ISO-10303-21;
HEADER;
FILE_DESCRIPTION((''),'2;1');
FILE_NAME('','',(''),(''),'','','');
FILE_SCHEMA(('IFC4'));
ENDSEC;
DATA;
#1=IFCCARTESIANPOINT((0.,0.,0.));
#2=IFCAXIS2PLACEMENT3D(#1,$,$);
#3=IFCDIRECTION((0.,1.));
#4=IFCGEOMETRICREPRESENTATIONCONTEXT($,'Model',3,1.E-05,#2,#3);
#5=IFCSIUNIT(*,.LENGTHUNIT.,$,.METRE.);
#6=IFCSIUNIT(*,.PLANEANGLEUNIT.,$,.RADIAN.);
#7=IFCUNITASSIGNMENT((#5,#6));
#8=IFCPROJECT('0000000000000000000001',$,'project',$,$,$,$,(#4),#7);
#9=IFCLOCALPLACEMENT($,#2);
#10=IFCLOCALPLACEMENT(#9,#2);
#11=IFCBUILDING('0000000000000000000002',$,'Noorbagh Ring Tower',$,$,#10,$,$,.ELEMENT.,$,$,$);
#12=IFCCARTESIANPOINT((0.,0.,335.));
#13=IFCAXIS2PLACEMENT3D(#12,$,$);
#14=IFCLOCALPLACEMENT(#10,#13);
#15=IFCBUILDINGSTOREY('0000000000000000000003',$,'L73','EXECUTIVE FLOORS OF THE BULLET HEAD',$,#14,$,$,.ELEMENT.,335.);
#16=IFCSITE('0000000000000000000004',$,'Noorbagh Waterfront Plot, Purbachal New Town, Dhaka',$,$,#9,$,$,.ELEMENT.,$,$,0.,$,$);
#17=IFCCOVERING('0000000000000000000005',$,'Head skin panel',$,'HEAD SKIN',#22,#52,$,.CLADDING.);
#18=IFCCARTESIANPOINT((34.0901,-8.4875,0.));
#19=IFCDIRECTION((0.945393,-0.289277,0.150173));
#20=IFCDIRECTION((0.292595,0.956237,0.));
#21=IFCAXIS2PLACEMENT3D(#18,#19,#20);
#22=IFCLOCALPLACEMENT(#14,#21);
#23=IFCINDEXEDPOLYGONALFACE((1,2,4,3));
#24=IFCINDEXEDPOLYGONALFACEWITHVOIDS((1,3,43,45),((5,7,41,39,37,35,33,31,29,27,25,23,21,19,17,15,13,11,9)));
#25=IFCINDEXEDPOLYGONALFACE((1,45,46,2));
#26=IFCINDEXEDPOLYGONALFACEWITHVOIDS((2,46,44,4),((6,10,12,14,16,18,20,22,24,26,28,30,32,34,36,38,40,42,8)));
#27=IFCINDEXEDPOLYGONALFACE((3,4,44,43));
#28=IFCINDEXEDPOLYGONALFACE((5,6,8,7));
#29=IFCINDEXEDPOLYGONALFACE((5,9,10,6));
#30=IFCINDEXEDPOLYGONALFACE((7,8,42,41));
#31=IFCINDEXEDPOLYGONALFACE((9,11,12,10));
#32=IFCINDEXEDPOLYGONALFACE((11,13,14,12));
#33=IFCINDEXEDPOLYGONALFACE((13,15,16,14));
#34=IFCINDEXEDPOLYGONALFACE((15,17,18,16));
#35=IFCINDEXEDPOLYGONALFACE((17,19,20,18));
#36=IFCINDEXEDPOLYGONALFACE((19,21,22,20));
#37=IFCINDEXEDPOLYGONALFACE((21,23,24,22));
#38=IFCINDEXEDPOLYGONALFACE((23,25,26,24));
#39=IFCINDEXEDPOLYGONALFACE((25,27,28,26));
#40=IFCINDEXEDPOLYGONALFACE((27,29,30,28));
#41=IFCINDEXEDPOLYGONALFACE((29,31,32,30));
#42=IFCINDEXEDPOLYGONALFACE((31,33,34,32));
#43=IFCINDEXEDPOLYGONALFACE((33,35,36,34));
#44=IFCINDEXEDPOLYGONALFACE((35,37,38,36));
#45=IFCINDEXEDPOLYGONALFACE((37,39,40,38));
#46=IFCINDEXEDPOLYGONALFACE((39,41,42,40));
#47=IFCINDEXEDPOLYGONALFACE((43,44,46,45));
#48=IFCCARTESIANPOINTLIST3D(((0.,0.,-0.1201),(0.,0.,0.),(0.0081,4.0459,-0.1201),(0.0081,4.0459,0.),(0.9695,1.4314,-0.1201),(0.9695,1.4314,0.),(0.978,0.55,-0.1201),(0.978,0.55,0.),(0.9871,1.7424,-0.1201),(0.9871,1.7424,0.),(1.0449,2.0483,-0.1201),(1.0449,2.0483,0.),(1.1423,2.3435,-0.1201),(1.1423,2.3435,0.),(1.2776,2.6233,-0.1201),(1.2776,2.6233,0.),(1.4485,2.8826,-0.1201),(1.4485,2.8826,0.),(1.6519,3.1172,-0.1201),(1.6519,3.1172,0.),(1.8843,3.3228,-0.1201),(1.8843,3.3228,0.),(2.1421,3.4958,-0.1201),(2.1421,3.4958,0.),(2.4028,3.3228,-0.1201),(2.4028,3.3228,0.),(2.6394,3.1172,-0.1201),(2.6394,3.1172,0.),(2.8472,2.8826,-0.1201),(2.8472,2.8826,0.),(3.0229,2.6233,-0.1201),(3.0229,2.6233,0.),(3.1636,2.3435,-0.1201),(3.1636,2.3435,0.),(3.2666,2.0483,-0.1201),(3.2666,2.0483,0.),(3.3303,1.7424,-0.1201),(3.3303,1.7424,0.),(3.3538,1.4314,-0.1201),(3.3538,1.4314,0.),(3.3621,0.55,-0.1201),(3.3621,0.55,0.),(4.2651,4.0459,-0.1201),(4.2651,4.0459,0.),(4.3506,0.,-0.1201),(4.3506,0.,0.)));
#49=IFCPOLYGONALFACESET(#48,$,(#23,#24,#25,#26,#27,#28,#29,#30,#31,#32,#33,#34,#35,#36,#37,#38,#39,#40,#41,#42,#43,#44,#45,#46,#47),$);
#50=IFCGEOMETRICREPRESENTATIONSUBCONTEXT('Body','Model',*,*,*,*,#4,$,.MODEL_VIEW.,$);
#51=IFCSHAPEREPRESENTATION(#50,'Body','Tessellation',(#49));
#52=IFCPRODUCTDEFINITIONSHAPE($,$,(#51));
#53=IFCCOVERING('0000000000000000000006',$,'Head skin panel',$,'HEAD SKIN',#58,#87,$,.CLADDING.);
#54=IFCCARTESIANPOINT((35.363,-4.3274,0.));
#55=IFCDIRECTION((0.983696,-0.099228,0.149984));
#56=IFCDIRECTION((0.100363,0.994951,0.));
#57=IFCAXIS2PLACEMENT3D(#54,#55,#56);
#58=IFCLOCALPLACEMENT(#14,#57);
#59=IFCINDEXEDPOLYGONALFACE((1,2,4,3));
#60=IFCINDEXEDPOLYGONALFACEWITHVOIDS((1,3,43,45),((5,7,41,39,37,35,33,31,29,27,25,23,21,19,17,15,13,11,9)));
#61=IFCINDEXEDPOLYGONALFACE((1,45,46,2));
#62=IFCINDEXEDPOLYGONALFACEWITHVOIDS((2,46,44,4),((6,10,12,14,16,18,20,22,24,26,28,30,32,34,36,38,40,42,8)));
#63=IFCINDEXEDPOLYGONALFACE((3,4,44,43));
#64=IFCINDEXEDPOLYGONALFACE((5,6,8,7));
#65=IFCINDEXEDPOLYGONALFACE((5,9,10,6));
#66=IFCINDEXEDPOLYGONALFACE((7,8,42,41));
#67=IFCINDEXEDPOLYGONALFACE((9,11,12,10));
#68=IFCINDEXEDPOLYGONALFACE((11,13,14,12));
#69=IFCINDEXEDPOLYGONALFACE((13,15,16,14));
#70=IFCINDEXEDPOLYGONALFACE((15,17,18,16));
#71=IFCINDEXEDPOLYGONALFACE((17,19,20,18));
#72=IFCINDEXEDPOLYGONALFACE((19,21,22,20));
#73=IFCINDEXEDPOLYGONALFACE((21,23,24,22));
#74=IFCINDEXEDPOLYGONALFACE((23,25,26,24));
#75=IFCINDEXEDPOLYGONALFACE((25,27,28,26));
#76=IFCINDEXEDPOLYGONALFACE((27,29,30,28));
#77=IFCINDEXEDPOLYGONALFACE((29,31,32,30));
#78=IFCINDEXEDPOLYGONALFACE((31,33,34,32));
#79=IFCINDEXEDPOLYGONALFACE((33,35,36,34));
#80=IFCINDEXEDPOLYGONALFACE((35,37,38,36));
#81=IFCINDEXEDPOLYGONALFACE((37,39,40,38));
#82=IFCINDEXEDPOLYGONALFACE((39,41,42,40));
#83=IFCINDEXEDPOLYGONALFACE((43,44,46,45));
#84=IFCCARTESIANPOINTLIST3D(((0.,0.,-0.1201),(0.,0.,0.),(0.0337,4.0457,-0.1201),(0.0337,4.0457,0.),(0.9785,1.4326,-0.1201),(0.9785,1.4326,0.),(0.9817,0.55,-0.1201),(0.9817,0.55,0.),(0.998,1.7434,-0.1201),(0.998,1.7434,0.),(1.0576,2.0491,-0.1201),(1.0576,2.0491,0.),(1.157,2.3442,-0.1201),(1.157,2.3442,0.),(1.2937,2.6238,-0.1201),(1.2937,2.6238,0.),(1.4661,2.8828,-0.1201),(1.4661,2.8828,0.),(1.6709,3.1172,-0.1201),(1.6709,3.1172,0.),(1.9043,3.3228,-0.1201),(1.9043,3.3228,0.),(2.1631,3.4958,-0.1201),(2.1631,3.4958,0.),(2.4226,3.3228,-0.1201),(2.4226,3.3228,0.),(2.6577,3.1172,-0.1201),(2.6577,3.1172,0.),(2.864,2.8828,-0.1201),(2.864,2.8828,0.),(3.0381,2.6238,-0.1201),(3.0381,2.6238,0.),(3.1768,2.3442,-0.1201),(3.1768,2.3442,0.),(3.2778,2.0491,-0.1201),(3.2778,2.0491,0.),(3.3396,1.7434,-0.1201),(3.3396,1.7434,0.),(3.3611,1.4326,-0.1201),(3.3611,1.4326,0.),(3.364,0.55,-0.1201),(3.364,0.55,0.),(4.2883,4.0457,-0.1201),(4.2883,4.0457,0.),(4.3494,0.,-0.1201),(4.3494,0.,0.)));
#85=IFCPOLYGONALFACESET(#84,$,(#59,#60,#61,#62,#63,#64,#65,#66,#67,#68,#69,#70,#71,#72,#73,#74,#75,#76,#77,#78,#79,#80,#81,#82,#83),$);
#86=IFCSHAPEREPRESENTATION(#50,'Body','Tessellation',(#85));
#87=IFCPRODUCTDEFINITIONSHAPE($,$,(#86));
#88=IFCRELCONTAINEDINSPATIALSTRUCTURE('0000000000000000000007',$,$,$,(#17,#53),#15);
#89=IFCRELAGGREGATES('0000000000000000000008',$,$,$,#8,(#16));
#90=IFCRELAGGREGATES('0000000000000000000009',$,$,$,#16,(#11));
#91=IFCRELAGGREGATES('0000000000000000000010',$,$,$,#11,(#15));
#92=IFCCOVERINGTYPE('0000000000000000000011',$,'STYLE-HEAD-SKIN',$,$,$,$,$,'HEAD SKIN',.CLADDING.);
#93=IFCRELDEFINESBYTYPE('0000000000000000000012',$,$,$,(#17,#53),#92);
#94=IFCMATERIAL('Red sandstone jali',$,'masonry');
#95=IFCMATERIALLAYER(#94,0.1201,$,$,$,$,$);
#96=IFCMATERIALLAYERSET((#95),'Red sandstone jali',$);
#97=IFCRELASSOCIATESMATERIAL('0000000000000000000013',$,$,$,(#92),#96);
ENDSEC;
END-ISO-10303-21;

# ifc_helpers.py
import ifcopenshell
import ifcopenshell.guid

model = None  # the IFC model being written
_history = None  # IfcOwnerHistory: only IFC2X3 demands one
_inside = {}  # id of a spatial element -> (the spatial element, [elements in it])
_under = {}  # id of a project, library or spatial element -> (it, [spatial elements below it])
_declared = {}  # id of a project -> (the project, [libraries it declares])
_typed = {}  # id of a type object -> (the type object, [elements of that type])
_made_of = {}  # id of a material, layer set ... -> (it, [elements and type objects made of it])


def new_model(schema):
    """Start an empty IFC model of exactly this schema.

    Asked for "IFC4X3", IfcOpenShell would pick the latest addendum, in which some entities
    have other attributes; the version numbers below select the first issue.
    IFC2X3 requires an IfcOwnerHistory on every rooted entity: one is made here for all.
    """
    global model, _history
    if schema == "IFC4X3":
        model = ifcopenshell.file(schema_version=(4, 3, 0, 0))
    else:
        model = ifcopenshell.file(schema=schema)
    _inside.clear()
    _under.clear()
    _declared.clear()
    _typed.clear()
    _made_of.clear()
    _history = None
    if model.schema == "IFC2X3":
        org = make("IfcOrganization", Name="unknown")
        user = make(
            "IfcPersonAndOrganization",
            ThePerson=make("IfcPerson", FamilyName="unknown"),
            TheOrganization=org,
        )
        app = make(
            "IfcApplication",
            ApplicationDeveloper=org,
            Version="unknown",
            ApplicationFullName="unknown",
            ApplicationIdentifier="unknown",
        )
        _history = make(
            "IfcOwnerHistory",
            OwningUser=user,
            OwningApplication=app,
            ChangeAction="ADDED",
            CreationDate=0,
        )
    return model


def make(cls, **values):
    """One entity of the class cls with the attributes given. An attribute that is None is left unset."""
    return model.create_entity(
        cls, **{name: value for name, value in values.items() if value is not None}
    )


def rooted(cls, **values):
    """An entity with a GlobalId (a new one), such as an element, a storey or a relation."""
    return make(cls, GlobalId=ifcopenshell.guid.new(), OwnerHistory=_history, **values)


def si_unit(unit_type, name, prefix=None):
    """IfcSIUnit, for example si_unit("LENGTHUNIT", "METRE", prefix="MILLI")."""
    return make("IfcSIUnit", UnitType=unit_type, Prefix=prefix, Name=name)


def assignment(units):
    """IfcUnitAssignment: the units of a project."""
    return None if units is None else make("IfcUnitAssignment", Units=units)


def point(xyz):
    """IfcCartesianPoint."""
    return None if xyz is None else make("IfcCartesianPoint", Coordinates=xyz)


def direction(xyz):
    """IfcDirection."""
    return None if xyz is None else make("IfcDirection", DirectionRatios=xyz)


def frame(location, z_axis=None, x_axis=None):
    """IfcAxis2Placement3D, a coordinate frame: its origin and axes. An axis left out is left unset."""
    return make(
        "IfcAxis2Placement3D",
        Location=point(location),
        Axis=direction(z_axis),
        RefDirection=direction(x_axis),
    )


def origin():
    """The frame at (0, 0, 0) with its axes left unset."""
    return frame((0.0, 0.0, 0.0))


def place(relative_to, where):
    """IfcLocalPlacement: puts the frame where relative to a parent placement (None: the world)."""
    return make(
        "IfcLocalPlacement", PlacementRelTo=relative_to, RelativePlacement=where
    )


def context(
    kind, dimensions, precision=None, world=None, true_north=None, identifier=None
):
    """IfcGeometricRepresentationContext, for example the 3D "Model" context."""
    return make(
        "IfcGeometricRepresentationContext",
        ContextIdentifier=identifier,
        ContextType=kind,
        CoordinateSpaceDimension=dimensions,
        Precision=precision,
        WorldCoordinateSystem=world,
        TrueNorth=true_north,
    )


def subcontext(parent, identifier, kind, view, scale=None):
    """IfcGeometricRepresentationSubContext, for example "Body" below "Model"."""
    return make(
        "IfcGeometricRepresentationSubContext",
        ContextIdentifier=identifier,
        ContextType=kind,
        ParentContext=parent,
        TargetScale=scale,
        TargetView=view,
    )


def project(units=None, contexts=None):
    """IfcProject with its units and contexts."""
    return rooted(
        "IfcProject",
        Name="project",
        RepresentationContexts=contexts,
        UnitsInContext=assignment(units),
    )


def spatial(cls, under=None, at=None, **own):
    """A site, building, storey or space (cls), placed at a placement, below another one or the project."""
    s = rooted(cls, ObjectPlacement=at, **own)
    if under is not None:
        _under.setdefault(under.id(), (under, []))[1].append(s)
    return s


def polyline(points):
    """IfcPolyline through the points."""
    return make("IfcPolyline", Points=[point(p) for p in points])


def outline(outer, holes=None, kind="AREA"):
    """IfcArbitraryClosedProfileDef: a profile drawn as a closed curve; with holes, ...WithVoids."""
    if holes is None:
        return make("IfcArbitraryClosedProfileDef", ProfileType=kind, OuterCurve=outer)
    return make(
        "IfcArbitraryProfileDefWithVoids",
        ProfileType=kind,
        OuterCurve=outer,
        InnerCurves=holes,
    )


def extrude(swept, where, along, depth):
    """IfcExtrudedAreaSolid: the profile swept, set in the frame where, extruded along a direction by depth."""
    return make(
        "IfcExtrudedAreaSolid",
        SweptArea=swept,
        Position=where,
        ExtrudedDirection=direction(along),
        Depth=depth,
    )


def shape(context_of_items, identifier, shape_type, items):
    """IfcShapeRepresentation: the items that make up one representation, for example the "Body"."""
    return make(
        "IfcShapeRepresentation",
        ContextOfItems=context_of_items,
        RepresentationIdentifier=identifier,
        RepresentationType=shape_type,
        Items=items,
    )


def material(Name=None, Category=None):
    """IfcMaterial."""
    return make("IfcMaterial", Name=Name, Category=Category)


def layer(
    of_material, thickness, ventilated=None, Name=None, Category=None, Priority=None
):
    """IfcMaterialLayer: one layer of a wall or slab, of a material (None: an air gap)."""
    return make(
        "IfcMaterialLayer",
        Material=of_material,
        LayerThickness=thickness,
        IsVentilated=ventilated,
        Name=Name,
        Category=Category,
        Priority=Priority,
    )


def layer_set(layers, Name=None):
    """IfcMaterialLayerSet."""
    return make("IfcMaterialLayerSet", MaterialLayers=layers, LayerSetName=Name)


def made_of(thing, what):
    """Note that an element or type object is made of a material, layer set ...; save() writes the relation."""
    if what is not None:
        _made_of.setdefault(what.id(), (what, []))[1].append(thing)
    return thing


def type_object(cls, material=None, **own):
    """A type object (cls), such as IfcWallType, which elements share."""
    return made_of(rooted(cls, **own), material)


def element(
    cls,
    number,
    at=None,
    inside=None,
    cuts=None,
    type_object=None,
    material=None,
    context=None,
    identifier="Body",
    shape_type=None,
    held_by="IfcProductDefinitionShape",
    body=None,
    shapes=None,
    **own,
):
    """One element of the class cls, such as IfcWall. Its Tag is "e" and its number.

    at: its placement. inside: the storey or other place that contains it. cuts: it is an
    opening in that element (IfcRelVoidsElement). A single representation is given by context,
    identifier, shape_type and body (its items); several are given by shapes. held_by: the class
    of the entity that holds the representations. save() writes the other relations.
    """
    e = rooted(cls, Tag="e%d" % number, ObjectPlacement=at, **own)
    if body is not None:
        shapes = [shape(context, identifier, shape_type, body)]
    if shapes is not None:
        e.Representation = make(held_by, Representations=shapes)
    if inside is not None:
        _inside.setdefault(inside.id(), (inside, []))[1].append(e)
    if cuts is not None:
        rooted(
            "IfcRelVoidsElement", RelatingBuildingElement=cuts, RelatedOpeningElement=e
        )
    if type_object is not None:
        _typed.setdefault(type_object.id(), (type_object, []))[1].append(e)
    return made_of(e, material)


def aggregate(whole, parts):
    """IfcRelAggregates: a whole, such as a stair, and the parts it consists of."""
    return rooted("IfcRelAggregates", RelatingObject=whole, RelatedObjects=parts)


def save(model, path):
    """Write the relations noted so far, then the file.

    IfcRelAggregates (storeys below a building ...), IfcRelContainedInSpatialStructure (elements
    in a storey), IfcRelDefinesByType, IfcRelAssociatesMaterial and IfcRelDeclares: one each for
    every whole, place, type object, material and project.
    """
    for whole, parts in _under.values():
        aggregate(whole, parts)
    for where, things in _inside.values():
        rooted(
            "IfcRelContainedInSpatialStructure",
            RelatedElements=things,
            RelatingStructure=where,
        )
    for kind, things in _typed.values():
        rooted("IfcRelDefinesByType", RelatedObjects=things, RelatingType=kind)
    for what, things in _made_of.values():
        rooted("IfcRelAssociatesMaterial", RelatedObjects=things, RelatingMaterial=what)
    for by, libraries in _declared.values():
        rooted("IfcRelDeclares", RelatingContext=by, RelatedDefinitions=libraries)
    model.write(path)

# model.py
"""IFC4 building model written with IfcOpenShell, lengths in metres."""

from ifc_helpers import new_model, si_unit, direction, frame, origin, place, context, subcontext, project, spatial, polyline, outline, extrude, material, layer, layer_set, type_object, element, save


model = new_model("IFC4")

# Units and contexts
model_context = context("Model", 3, precision=1e-05, world=origin(), true_north=direction((0.0, 1.0)))
body_context = subcontext(model_context, "Body", "Model", "MODEL_VIEW")
ifc_project = project(units=[si_unit("LENGTHUNIT", "METRE"), si_unit("PLANEANGLEUNIT", "RADIAN")], contexts=[model_context])

# Site, building, storey
site_placement = place(None, origin())
site = spatial("IfcSite", under=ifc_project, at=site_placement, Name="Noorbagh Waterfront Plot, Purbachal New Town, Dhaka", CompositionType="ELEMENT", RefElevation=0.0)
building_placement = place(site_placement, origin())
building = spatial("IfcBuilding", under=site, at=building_placement, Name="Noorbagh Ring Tower", CompositionType="ELEMENT")
storey_placement = place(building_placement, frame((0.0, 0.0, 335.0)))
storey = spatial("IfcBuildingStorey", under=building, at=storey_placement, Name="L73", Description="EXECUTIVE FLOORS OF THE BULLET HEAD", CompositionType="ELEMENT", Elevation=335.0)

# Coverings
ifc_material_1 = material(Name="Red sandstone jali", Category="masonry")
ifc_layer_1 = layer(ifc_material_1, 0.1201)
ifc_layer_set_1 = layer_set([ifc_layer_1], Name="Red sandstone jali")
covering_type_1 = type_object("IfcCoveringType", Name="STYLE-HEAD-SKIN", ElementType="HEAD SKIN", PredefinedType="CLADDING", material=ifc_layer_set_1)
covering_1_placement = place(storey_placement, frame((34.0901, -8.4875, 0.0), z_axis=(0.945393, -0.289277, 0.150173), x_axis=(0.292595, 0.956237, 0.0)))
element("IfcCovering", 1, at=covering_1_placement, inside=storey, type_object=covering_type_1, Name="Head skin panel", ObjectType="HEAD SKIN", PredefinedType="CLADDING", context=body_context, shape_type="SweptSolid", body=[
    extrude(outline(polyline([(0.0, 0.0), (4.3506, 0.0), (4.2651, 4.0459), (0.0081, 4.0459), (0.0, 0.0)]), holes=[polyline([(0.978, 0.55), (0.9695, 1.4314), (0.9871, 1.7424), (1.0449, 2.0483), (1.1423, 2.3435), (1.2776, 2.6233), (1.4485, 2.8826), (1.6519, 3.1172), (1.8843, 3.3228), (2.1421, 3.4958), (2.4028, 3.3228), (2.6394, 3.1172), (2.8472, 2.8826), (3.0229, 2.6233), (3.1636, 2.3435), (3.2666, 2.0483), (3.3303, 1.7424), (3.3538, 1.4314), (3.3621, 0.55), (0.978, 0.55)])]), origin(), (0.0, 0.0, -1.0), 0.1201),
])
covering_2_placement = place(storey_placement, frame((35.363, -4.3274, 0.0), z_axis=(0.983696, -0.099228, 0.149984), x_axis=(0.100363, 0.994951, 0.0)))
element("IfcCovering", 2, at=covering_2_placement, inside=storey, type_object=covering_type_1, Name="Head skin panel", ObjectType="HEAD SKIN", PredefinedType="CLADDING", context=body_context, shape_type="SweptSolid", body=[
    extrude(outline(polyline([(0.0, 0.0), (4.3494, 0.0), (4.2883, 4.0457), (0.0337, 4.0457), (0.0, 0.0)]), holes=[polyline([(0.9817, 0.55), (0.9785, 1.4326), (0.998, 1.7434), (1.0576, 2.0491), (1.157, 2.3442), (1.2937, 2.6238), (1.4661, 2.8828), (1.6709, 3.1172), (1.9043, 3.3228), (2.1631, 3.4958), (2.4226, 3.3228), (2.6577, 3.1172), (2.864, 2.8828), (3.0381, 2.6238), (3.1768, 2.3442), (3.2778, 2.0491), (3.3396, 1.7434), (3.3611, 1.4326), (3.364, 0.55), (0.9817, 0.55)])]), origin(), (0.0, 0.0, -1.0), 0.1201),
])

save(model, "model.ifc")
